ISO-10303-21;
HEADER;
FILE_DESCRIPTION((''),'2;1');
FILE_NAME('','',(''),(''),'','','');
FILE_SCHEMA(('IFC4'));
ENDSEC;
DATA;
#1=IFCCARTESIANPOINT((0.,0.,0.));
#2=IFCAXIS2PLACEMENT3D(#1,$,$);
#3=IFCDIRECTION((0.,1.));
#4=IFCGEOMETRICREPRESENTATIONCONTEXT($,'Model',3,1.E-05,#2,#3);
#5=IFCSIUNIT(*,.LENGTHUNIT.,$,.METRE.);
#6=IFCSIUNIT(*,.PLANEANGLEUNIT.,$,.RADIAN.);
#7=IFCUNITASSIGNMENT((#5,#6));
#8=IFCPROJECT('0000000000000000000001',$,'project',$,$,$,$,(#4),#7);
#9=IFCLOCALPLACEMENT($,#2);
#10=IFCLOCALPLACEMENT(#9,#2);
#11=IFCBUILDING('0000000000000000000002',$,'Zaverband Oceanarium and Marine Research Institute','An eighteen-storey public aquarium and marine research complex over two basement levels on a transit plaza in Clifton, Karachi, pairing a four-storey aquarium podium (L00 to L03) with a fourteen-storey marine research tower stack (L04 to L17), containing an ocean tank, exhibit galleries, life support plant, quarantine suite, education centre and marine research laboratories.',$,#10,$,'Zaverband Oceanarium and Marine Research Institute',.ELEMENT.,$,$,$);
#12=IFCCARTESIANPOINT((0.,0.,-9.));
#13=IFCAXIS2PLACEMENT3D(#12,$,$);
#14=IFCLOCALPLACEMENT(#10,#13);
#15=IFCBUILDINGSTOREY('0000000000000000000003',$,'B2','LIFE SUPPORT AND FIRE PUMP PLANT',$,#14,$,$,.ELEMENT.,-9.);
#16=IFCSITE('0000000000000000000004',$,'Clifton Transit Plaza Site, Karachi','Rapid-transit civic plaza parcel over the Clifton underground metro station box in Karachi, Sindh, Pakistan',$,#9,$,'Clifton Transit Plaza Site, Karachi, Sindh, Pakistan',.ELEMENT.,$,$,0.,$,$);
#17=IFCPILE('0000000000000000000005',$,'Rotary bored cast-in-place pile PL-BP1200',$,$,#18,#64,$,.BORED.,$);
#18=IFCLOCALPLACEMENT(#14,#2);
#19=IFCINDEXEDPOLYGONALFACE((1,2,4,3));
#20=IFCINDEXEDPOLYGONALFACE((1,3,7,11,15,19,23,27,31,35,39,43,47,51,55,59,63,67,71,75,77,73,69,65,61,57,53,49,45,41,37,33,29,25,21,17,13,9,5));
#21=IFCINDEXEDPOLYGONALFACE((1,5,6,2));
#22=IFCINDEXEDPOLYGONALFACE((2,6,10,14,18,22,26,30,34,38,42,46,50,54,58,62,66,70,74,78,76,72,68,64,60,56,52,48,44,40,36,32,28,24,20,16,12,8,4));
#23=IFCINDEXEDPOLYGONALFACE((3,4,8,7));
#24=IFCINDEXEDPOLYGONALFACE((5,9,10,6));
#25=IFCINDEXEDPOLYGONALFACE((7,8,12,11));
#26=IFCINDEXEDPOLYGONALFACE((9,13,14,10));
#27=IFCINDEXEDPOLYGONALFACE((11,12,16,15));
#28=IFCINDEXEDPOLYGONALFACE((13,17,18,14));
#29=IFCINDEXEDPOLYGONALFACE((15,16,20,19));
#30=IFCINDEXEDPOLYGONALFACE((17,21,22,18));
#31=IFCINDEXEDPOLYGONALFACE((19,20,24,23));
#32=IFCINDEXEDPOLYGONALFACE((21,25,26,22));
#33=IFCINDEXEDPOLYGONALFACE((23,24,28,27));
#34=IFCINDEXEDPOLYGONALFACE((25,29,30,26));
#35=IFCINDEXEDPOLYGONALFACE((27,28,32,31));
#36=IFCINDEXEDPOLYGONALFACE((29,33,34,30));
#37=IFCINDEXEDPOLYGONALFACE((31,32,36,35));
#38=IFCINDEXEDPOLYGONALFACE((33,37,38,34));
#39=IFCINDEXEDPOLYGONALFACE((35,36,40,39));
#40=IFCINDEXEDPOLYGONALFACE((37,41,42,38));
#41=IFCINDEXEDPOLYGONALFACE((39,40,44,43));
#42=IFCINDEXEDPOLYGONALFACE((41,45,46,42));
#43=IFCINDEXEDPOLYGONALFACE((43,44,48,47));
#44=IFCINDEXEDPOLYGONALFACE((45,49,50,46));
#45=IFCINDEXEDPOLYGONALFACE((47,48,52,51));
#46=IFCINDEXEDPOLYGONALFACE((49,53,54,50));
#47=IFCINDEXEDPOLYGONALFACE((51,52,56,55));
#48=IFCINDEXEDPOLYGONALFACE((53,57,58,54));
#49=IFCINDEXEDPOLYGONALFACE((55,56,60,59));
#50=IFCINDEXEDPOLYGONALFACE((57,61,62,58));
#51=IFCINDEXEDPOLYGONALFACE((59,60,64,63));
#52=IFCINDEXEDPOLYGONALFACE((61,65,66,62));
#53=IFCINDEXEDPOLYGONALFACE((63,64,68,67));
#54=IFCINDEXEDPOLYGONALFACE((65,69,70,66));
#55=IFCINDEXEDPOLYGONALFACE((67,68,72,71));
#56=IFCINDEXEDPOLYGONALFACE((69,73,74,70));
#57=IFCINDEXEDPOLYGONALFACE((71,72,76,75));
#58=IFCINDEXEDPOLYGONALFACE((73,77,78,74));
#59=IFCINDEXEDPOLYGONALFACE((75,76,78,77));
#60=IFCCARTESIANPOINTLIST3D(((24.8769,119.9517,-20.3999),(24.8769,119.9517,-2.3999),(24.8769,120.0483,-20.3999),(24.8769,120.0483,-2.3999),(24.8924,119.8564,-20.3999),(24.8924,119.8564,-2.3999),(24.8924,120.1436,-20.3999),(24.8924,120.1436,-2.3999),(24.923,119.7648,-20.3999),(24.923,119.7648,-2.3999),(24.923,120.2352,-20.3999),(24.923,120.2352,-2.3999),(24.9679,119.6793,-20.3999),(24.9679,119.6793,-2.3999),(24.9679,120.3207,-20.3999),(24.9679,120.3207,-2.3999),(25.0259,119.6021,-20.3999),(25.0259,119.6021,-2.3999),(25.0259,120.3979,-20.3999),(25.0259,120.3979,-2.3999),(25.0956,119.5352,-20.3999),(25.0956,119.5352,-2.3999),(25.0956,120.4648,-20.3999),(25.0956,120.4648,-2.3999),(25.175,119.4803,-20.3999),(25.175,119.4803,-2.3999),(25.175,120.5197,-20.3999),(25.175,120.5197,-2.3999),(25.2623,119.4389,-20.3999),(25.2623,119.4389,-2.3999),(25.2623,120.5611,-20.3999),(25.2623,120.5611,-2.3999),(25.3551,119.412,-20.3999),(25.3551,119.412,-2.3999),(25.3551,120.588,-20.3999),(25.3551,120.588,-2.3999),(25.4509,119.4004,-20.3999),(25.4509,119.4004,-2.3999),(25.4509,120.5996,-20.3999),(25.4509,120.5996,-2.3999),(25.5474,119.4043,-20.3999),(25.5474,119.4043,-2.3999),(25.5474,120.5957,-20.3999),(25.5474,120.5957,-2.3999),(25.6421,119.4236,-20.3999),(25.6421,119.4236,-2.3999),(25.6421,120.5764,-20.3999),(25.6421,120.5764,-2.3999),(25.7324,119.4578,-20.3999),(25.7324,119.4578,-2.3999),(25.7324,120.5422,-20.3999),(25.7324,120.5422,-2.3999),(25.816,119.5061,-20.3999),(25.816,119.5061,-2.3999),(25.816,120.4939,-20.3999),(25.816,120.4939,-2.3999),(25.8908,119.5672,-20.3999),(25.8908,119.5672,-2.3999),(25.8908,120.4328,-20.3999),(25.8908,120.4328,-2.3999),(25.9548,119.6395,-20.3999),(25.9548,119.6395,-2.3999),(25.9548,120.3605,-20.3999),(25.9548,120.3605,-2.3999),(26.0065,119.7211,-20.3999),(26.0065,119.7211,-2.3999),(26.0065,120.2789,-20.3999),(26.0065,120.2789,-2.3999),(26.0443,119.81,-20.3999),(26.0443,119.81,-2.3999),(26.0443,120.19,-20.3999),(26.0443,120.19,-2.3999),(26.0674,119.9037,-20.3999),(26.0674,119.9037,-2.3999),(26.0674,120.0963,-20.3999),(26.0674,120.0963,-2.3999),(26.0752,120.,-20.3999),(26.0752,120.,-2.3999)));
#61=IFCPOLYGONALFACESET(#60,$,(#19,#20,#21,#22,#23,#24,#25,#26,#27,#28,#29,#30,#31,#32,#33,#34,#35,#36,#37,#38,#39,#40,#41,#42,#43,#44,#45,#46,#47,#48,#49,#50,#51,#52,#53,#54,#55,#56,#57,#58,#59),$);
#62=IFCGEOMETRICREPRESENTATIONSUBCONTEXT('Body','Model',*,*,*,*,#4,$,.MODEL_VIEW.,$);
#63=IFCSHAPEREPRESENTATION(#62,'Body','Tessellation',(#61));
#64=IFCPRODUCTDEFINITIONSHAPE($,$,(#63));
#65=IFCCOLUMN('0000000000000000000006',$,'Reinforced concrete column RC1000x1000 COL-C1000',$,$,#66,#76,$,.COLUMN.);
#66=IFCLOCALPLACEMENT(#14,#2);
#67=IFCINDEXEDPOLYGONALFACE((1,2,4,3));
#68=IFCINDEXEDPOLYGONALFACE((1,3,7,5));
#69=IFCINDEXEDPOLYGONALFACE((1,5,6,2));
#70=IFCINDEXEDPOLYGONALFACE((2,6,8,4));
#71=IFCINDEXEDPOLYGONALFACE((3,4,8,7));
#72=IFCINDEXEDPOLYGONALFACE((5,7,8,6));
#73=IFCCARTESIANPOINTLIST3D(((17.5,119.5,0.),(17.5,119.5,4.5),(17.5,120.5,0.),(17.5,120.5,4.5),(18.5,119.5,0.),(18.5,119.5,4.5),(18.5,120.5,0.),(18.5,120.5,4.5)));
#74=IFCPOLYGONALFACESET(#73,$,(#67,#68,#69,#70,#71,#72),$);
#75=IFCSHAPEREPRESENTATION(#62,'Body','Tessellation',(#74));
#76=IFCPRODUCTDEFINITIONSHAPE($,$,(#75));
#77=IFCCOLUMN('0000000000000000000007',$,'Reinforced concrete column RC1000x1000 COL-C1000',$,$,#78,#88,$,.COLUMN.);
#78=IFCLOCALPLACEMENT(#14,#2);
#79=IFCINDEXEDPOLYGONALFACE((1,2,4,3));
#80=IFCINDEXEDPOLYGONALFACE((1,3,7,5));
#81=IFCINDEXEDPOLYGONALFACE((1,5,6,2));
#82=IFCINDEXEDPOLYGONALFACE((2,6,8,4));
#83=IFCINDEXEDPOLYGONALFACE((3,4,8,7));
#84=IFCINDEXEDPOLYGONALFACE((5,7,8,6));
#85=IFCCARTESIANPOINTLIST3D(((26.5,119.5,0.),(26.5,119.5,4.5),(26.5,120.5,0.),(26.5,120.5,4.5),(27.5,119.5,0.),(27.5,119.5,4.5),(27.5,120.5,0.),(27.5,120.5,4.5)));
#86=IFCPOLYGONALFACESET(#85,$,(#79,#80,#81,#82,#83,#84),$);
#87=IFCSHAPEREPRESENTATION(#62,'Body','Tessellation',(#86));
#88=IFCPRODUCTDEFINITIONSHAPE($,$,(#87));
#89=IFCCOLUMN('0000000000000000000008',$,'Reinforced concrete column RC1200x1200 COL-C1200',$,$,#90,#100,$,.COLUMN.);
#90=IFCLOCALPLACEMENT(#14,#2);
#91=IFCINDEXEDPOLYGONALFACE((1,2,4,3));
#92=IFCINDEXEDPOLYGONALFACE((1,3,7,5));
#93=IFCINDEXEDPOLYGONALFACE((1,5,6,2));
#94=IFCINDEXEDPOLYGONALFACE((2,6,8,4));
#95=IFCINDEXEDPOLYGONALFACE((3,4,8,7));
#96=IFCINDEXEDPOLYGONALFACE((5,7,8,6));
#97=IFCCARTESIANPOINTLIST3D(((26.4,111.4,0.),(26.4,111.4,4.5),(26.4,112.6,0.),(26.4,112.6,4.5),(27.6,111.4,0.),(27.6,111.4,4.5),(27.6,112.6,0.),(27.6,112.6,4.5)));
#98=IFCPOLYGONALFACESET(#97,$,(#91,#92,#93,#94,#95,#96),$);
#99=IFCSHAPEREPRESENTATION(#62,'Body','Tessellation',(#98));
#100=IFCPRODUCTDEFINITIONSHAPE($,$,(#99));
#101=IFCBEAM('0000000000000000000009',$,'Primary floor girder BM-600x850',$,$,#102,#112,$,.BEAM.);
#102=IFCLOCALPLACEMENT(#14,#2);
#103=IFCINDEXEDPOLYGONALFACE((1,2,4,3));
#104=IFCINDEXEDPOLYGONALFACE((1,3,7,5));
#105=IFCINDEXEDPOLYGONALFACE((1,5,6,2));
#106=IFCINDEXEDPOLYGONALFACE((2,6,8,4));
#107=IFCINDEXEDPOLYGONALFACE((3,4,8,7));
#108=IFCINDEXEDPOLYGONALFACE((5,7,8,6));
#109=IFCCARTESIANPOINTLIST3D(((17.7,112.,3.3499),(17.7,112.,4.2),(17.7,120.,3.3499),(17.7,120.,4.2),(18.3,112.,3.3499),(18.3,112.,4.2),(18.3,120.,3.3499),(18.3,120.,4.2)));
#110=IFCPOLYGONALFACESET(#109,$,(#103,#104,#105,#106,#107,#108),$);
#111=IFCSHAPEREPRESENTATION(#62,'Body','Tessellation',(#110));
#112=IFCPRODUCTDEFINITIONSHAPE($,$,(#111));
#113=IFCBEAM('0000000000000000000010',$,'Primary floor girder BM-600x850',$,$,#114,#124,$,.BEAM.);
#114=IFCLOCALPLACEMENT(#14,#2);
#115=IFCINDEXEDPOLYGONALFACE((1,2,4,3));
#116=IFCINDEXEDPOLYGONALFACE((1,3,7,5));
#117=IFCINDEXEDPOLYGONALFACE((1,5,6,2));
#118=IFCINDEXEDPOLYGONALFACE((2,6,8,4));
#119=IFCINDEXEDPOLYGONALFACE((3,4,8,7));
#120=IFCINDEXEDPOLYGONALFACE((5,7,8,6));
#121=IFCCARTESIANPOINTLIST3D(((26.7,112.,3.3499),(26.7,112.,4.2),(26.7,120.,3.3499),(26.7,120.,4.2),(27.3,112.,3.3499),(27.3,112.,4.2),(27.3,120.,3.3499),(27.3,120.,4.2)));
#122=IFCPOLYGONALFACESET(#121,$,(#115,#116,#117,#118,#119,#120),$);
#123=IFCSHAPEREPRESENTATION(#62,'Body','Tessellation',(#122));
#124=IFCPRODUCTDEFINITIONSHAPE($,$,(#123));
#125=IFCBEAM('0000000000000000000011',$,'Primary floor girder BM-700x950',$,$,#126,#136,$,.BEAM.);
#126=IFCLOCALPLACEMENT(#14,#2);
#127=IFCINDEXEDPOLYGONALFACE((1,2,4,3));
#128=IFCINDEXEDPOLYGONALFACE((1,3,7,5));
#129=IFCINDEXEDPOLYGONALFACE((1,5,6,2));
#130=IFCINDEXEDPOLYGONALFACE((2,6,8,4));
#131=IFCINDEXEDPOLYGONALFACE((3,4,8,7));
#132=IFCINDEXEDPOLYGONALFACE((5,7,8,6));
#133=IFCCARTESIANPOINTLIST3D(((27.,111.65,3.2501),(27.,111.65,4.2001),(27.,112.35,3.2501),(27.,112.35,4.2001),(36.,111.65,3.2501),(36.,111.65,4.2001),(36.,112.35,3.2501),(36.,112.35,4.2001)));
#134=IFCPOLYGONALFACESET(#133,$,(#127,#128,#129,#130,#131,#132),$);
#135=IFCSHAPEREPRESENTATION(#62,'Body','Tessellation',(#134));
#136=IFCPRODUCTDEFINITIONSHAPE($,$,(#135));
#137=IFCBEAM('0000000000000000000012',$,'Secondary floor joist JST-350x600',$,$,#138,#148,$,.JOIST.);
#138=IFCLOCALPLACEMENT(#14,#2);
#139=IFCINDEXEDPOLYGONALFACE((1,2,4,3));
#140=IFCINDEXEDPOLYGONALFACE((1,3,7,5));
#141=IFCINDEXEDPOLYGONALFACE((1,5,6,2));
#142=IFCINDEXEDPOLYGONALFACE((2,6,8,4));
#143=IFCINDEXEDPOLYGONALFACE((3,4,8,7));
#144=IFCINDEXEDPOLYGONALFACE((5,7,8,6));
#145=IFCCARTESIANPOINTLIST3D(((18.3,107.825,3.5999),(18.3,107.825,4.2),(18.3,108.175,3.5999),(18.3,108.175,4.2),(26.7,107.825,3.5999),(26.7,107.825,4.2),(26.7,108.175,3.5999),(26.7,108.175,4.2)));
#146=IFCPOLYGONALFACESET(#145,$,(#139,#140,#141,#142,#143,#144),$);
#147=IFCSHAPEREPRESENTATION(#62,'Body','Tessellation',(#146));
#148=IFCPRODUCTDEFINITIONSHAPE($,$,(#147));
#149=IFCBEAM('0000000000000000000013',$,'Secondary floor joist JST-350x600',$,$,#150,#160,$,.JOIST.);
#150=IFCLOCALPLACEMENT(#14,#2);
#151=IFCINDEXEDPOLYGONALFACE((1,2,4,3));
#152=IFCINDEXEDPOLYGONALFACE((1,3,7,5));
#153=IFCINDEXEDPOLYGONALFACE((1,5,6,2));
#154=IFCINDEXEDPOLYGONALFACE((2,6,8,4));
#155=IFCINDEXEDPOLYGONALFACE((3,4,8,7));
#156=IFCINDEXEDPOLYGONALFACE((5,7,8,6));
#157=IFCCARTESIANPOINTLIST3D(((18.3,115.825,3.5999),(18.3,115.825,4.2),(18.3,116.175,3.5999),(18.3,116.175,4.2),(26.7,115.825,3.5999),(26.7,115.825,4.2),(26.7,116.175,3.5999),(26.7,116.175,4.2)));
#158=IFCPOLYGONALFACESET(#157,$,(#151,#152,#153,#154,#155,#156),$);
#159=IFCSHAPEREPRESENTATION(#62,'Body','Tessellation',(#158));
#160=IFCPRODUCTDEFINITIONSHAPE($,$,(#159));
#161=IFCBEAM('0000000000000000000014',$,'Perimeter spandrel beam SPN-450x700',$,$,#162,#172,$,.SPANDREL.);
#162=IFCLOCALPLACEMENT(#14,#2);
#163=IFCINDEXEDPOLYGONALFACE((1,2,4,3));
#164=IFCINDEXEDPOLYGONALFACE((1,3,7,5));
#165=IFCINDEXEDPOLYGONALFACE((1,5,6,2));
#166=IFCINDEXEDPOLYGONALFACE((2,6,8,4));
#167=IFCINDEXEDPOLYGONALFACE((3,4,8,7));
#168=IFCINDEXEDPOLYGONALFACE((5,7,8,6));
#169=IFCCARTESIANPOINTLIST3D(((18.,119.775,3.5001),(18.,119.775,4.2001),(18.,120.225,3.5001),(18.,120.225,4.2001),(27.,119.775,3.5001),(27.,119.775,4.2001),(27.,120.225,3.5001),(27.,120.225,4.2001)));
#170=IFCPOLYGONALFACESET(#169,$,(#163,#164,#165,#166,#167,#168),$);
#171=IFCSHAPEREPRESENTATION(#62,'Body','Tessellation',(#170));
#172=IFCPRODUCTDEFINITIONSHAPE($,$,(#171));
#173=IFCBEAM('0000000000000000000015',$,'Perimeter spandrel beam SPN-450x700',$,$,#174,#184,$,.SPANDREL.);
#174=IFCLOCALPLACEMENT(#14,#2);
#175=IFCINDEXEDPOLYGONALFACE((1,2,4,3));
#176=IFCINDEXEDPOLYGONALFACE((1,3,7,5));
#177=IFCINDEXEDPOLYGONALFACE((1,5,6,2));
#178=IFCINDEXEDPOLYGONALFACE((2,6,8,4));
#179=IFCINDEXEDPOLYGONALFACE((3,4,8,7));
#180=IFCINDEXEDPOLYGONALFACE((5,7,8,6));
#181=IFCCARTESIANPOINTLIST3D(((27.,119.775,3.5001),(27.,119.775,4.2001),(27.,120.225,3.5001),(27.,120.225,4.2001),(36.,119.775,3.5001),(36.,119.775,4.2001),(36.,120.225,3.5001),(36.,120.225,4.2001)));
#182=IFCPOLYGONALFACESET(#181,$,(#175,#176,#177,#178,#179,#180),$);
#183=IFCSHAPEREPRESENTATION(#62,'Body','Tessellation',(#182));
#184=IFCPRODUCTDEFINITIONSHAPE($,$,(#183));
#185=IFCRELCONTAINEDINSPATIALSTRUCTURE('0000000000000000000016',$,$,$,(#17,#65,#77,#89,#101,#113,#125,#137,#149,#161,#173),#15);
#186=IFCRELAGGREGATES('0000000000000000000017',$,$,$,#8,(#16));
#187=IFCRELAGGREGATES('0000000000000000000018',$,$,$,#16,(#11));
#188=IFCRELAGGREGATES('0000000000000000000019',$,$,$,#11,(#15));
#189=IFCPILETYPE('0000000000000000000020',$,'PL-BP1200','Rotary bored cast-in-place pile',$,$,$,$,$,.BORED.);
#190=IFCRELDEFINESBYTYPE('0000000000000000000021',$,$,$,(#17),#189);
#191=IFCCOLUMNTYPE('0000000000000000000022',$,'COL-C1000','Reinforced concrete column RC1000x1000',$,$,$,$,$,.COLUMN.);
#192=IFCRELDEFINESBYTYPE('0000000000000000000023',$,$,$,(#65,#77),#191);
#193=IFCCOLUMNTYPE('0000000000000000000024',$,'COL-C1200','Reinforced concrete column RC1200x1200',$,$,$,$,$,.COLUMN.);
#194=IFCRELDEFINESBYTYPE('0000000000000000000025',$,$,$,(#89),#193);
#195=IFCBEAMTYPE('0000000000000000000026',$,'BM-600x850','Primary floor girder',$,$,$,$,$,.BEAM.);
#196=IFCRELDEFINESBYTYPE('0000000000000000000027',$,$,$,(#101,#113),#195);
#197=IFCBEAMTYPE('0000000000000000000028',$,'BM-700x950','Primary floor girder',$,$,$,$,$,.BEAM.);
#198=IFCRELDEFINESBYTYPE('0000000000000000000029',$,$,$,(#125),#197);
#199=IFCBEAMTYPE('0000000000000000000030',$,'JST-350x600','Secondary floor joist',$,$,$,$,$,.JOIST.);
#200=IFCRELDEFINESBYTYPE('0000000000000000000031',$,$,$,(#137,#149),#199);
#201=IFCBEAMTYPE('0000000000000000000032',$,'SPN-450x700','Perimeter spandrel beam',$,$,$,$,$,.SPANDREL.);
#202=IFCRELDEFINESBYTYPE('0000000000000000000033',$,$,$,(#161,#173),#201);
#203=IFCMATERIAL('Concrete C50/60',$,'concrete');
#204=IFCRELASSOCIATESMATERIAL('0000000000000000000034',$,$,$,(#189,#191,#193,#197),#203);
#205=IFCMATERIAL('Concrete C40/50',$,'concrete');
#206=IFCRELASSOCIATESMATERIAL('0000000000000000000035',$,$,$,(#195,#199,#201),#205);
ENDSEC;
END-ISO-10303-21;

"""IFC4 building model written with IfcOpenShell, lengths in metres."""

from ifc_helpers import new_model, si_unit, direction, frame, origin, origin_2d, place, context, subcontext, project, spatial, rectangle, circle, extrude, material, material_profile, profile_set, type_object, element, save


model = new_model("IFC4")

# Units and contexts
model_context = context("Model", 3, precision=1e-05, world=origin(), true_north=direction((0.0, 1.0)))
body_context = subcontext(model_context, "Body", "Model", "MODEL_VIEW")
ifc_project = project(units=[si_unit("LENGTHUNIT", "METRE"), si_unit("PLANEANGLEUNIT", "RADIAN")], contexts=[model_context])

# Site, building, storey
site_placement = place(None, origin())
site = spatial("IfcSite", under=ifc_project, at=site_placement, Name="Clifton Transit Plaza Site, Karachi", Description="Rapid-transit civic plaza parcel over the Clifton underground metro station box in Karachi, Sindh, Pakistan", LongName="Clifton Transit Plaza Site, Karachi, Sindh, Pakistan", CompositionType="ELEMENT", RefElevation=0.0)
building_placement = place(site_placement, origin())
building = spatial("IfcBuilding", under=site, at=building_placement, Name="Zaverband Oceanarium and Marine Research Institute", Description="An eighteen-storey public aquarium and marine research complex over two basement levels on a transit plaza in Clifton, Karachi, pairing a four-storey aquarium podium (L00 to L03) with a fourteen-storey marine research tower stack (L04 to L17), containing an ocean tank, exhibit galleries, life support plant, quarantine suite, education centre and marine research laboratories.", LongName="Zaverband Oceanarium and Marine Research Institute", CompositionType="ELEMENT")
storey_placement = place(building_placement, frame((0.0, 0.0, -9.0)))
storey = spatial("IfcBuildingStorey", under=building, at=storey_placement, Name="B2", Description="LIFE SUPPORT AND FIRE PUMP PLANT", CompositionType="ELEMENT", Elevation=-9.0)

# Shared definitions
ifc_material_1 = material(Name="Concrete C50/60", Category="concrete")

# Pile
ifc_material_profile_1 = material_profile(ifc_material_1, circle(Radius=0.6001, at=origin_2d()), Name="BP1200")
ifc_profile_set_1 = profile_set([ifc_material_profile_1], Name="Concrete C50/60")
pile_type = type_object("IfcPileType", Name="PL-BP1200", Description="Rotary bored cast-in-place pile", PredefinedType="BORED", material=ifc_profile_set_1)
for number, where, z_axis, x_axis, name in (
    (1, (25.4751, 120.0, -2.3999), (0.0, 0.0, -1.0), (1.0, 0.0, 0.0), "Rotary bored cast-in-place pile PL-BP1200"),
):
    element("IfcPile", number, at=place(storey_placement, frame(where, z_axis=z_axis, x_axis=x_axis)), inside=storey, type_object=pile_type, Name=name, PredefinedType="BORED", context=body_context, shape_type="SweptSolid", body=[
        extrude(circle(Radius=0.6001, at=origin_2d()), origin(), (0.0, 0.0, 1.0), 18.0),
    ])

# Columns
ifc_material_profile_2 = material_profile(ifc_material_1, rectangle(XDim=1.0, YDim=1.0, at=origin_2d()), Name="RC1000x1000")
ifc_profile_set_2 = profile_set([ifc_material_profile_2], Name="Concrete C50/60")
column_type_1 = type_object("IfcColumnType", Name="COL-C1000", Description="Reinforced concrete column RC1000x1000", PredefinedType="COLUMN", material=ifc_profile_set_2)
for number, where, z_axis, x_axis, name in (
    (2, (18.0, 120.0, 0.0), (0.0, 0.0, 1.0), (1.0, 0.0, 0.0), "Reinforced concrete column RC1000x1000 COL-C1000"),
    (3, (27.0, 120.0, 0.0), (0.0, 0.0, 1.0), (1.0, 0.0, 0.0), "Reinforced concrete column RC1000x1000 COL-C1000"),
):
    element("IfcColumn", number, at=place(storey_placement, frame(where, z_axis=z_axis, x_axis=x_axis)), inside=storey, type_object=column_type_1, Name=name, PredefinedType="COLUMN", context=body_context, shape_type="SweptSolid", body=[
        extrude(rectangle(XDim=1.0, YDim=1.0, at=origin_2d()), origin(), (0.0, 0.0, 1.0), 4.5),
    ])
ifc_material_profile_3 = material_profile(ifc_material_1, rectangle(XDim=1.2, YDim=1.2, at=origin_2d()), Name="RC1200x1200")
ifc_profile_set_3 = profile_set([ifc_material_profile_3], Name="Concrete C50/60")
column_type_2 = type_object("IfcColumnType", Name="COL-C1200", Description="Reinforced concrete column RC1200x1200", PredefinedType="COLUMN", material=ifc_profile_set_3)
column_placement = place(storey_placement, frame((27.0, 112.0, 0.0), z_axis=(0.0, 0.0, 1.0), x_axis=(1.0, 0.0, 0.0)))
element("IfcColumn", 4, at=column_placement, inside=storey, type_object=column_type_2, Name="Reinforced concrete column RC1200x1200 COL-C1200", PredefinedType="COLUMN", context=body_context, shape_type="SweptSolid", body=[
    extrude(rectangle(XDim=1.2, YDim=1.2, at=origin_2d()), origin(), (0.0, 0.0, 1.0), 4.5),
])

# Beams
ifc_material_2 = material(Name="Concrete C40/50", Category="concrete")
ifc_material_profile_4 = material_profile(ifc_material_2, rectangle(XDim=0.6001, YDim=0.8501, at=origin_2d()), Name="RC600x850")
ifc_profile_set_4 = profile_set([ifc_material_profile_4], Name="Concrete C40/50")
beam_type_1 = type_object("IfcBeamType", Name="BM-600x850", Description="Primary floor girder", PredefinedType="BEAM", material=ifc_profile_set_4)
for number, where, z_axis, x_axis, name in (
    (5, (18.0, 112.0, 3.7749), (0.0, 1.0, 0.0), (-1.0, 0.0, 0.0), "Primary floor girder BM-600x850"),
    (6, (27.0, 112.0, 3.7749), (0.0, 1.0, 0.0), (-1.0, 0.0, 0.0), "Primary floor girder BM-600x850"),
):
    element("IfcBeam", number, at=place(storey_placement, frame(where, z_axis=z_axis, x_axis=x_axis)), inside=storey, type_object=beam_type_1, Name=name, PredefinedType="BEAM", context=body_context, shape_type="SweptSolid", body=[
        extrude(rectangle(XDim=0.6001, YDim=0.8501, at=origin_2d()), origin(), (0.0, 0.0, 1.0), 8.0),
    ])
ifc_material_profile_5 = material_profile(ifc_material_1, rectangle(XDim=0.7, YDim=0.95, at=origin_2d()), Name="RC700x950")
ifc_profile_set_5 = profile_set([ifc_material_profile_5], Name="Concrete C50/60")
beam_type_2 = type_object("IfcBeamType", Name="BM-700x950", Description="Primary floor girder", PredefinedType="BEAM", material=ifc_profile_set_5)
beam_placement = place(storey_placement, frame((27.0, 112.0, 3.7251), z_axis=(1.0, 0.0, 0.0), x_axis=(0.0, 1.0, 0.0)))
element("IfcBeam", 7, at=beam_placement, inside=storey, type_object=beam_type_2, Name="Primary floor girder BM-700x950", PredefinedType="BEAM", context=body_context, shape_type="SweptSolid", body=[
    extrude(rectangle(XDim=0.7, YDim=0.95, at=origin_2d()), origin(), (0.0, 0.0, 1.0), 9.0),
])
ifc_material_profile_6 = material_profile(ifc_material_2, rectangle(XDim=0.3501, YDim=0.6001, at=origin_2d()), Name="RC350x600")
ifc_profile_set_6 = profile_set([ifc_material_profile_6], Name="Concrete C40/50")
beam_type_3 = type_object("IfcBeamType", Name="JST-350x600", Description="Secondary floor joist", PredefinedType="JOIST", material=ifc_profile_set_6)
for number, where, z_axis, x_axis, name in (
    (8, (18.3, 108.0, 3.8999), (1.0, 0.0, 0.0), (0.0, 1.0, 0.0), "Secondary floor joist JST-350x600"),
    (9, (18.3, 116.0, 3.8999), (1.0, 0.0, 0.0), (0.0, 1.0, 0.0), "Secondary floor joist JST-350x600"),
):
    element("IfcBeam", number, at=place(storey_placement, frame(where, z_axis=z_axis, x_axis=x_axis)), inside=storey, type_object=beam_type_3, Name=name, PredefinedType="JOIST", context=body_context, shape_type="SweptSolid", body=[
        extrude(rectangle(XDim=0.3501, YDim=0.6001, at=origin_2d()), origin(), (0.0, 0.0, 1.0), 8.3999),
    ])
ifc_material_profile_7 = material_profile(ifc_material_2, rectangle(XDim=0.45, YDim=0.7, at=origin_2d()), Name="RC450x700")
ifc_profile_set_7 = profile_set([ifc_material_profile_7], Name="Concrete C40/50")
beam_type_4 = type_object("IfcBeamType", Name="SPN-450x700", Description="Perimeter spandrel beam", PredefinedType="SPANDREL", material=ifc_profile_set_7)
for number, where, z_axis, x_axis, name in (
    (10, (18.0, 120.0, 3.8501), (1.0, 0.0, 0.0), (0.0, 1.0, 0.0), "Perimeter spandrel beam SPN-450x700"),
    (11, (27.0, 120.0, 3.8501), (1.0, 0.0, 0.0), (0.0, 1.0, 0.0), "Perimeter spandrel beam SPN-450x700"),
):
    element("IfcBeam", number, at=place(storey_placement, frame(where, z_axis=z_axis, x_axis=x_axis)), inside=storey, type_object=beam_type_4, Name=name, PredefinedType="SPANDREL", context=body_context, shape_type="SweptSolid", body=[
        extrude(rectangle(XDim=0.45, YDim=0.7, at=origin_2d()), origin(), (0.0, 0.0, 1.0), 9.0),
    ])

save(model, "model.ifc")
